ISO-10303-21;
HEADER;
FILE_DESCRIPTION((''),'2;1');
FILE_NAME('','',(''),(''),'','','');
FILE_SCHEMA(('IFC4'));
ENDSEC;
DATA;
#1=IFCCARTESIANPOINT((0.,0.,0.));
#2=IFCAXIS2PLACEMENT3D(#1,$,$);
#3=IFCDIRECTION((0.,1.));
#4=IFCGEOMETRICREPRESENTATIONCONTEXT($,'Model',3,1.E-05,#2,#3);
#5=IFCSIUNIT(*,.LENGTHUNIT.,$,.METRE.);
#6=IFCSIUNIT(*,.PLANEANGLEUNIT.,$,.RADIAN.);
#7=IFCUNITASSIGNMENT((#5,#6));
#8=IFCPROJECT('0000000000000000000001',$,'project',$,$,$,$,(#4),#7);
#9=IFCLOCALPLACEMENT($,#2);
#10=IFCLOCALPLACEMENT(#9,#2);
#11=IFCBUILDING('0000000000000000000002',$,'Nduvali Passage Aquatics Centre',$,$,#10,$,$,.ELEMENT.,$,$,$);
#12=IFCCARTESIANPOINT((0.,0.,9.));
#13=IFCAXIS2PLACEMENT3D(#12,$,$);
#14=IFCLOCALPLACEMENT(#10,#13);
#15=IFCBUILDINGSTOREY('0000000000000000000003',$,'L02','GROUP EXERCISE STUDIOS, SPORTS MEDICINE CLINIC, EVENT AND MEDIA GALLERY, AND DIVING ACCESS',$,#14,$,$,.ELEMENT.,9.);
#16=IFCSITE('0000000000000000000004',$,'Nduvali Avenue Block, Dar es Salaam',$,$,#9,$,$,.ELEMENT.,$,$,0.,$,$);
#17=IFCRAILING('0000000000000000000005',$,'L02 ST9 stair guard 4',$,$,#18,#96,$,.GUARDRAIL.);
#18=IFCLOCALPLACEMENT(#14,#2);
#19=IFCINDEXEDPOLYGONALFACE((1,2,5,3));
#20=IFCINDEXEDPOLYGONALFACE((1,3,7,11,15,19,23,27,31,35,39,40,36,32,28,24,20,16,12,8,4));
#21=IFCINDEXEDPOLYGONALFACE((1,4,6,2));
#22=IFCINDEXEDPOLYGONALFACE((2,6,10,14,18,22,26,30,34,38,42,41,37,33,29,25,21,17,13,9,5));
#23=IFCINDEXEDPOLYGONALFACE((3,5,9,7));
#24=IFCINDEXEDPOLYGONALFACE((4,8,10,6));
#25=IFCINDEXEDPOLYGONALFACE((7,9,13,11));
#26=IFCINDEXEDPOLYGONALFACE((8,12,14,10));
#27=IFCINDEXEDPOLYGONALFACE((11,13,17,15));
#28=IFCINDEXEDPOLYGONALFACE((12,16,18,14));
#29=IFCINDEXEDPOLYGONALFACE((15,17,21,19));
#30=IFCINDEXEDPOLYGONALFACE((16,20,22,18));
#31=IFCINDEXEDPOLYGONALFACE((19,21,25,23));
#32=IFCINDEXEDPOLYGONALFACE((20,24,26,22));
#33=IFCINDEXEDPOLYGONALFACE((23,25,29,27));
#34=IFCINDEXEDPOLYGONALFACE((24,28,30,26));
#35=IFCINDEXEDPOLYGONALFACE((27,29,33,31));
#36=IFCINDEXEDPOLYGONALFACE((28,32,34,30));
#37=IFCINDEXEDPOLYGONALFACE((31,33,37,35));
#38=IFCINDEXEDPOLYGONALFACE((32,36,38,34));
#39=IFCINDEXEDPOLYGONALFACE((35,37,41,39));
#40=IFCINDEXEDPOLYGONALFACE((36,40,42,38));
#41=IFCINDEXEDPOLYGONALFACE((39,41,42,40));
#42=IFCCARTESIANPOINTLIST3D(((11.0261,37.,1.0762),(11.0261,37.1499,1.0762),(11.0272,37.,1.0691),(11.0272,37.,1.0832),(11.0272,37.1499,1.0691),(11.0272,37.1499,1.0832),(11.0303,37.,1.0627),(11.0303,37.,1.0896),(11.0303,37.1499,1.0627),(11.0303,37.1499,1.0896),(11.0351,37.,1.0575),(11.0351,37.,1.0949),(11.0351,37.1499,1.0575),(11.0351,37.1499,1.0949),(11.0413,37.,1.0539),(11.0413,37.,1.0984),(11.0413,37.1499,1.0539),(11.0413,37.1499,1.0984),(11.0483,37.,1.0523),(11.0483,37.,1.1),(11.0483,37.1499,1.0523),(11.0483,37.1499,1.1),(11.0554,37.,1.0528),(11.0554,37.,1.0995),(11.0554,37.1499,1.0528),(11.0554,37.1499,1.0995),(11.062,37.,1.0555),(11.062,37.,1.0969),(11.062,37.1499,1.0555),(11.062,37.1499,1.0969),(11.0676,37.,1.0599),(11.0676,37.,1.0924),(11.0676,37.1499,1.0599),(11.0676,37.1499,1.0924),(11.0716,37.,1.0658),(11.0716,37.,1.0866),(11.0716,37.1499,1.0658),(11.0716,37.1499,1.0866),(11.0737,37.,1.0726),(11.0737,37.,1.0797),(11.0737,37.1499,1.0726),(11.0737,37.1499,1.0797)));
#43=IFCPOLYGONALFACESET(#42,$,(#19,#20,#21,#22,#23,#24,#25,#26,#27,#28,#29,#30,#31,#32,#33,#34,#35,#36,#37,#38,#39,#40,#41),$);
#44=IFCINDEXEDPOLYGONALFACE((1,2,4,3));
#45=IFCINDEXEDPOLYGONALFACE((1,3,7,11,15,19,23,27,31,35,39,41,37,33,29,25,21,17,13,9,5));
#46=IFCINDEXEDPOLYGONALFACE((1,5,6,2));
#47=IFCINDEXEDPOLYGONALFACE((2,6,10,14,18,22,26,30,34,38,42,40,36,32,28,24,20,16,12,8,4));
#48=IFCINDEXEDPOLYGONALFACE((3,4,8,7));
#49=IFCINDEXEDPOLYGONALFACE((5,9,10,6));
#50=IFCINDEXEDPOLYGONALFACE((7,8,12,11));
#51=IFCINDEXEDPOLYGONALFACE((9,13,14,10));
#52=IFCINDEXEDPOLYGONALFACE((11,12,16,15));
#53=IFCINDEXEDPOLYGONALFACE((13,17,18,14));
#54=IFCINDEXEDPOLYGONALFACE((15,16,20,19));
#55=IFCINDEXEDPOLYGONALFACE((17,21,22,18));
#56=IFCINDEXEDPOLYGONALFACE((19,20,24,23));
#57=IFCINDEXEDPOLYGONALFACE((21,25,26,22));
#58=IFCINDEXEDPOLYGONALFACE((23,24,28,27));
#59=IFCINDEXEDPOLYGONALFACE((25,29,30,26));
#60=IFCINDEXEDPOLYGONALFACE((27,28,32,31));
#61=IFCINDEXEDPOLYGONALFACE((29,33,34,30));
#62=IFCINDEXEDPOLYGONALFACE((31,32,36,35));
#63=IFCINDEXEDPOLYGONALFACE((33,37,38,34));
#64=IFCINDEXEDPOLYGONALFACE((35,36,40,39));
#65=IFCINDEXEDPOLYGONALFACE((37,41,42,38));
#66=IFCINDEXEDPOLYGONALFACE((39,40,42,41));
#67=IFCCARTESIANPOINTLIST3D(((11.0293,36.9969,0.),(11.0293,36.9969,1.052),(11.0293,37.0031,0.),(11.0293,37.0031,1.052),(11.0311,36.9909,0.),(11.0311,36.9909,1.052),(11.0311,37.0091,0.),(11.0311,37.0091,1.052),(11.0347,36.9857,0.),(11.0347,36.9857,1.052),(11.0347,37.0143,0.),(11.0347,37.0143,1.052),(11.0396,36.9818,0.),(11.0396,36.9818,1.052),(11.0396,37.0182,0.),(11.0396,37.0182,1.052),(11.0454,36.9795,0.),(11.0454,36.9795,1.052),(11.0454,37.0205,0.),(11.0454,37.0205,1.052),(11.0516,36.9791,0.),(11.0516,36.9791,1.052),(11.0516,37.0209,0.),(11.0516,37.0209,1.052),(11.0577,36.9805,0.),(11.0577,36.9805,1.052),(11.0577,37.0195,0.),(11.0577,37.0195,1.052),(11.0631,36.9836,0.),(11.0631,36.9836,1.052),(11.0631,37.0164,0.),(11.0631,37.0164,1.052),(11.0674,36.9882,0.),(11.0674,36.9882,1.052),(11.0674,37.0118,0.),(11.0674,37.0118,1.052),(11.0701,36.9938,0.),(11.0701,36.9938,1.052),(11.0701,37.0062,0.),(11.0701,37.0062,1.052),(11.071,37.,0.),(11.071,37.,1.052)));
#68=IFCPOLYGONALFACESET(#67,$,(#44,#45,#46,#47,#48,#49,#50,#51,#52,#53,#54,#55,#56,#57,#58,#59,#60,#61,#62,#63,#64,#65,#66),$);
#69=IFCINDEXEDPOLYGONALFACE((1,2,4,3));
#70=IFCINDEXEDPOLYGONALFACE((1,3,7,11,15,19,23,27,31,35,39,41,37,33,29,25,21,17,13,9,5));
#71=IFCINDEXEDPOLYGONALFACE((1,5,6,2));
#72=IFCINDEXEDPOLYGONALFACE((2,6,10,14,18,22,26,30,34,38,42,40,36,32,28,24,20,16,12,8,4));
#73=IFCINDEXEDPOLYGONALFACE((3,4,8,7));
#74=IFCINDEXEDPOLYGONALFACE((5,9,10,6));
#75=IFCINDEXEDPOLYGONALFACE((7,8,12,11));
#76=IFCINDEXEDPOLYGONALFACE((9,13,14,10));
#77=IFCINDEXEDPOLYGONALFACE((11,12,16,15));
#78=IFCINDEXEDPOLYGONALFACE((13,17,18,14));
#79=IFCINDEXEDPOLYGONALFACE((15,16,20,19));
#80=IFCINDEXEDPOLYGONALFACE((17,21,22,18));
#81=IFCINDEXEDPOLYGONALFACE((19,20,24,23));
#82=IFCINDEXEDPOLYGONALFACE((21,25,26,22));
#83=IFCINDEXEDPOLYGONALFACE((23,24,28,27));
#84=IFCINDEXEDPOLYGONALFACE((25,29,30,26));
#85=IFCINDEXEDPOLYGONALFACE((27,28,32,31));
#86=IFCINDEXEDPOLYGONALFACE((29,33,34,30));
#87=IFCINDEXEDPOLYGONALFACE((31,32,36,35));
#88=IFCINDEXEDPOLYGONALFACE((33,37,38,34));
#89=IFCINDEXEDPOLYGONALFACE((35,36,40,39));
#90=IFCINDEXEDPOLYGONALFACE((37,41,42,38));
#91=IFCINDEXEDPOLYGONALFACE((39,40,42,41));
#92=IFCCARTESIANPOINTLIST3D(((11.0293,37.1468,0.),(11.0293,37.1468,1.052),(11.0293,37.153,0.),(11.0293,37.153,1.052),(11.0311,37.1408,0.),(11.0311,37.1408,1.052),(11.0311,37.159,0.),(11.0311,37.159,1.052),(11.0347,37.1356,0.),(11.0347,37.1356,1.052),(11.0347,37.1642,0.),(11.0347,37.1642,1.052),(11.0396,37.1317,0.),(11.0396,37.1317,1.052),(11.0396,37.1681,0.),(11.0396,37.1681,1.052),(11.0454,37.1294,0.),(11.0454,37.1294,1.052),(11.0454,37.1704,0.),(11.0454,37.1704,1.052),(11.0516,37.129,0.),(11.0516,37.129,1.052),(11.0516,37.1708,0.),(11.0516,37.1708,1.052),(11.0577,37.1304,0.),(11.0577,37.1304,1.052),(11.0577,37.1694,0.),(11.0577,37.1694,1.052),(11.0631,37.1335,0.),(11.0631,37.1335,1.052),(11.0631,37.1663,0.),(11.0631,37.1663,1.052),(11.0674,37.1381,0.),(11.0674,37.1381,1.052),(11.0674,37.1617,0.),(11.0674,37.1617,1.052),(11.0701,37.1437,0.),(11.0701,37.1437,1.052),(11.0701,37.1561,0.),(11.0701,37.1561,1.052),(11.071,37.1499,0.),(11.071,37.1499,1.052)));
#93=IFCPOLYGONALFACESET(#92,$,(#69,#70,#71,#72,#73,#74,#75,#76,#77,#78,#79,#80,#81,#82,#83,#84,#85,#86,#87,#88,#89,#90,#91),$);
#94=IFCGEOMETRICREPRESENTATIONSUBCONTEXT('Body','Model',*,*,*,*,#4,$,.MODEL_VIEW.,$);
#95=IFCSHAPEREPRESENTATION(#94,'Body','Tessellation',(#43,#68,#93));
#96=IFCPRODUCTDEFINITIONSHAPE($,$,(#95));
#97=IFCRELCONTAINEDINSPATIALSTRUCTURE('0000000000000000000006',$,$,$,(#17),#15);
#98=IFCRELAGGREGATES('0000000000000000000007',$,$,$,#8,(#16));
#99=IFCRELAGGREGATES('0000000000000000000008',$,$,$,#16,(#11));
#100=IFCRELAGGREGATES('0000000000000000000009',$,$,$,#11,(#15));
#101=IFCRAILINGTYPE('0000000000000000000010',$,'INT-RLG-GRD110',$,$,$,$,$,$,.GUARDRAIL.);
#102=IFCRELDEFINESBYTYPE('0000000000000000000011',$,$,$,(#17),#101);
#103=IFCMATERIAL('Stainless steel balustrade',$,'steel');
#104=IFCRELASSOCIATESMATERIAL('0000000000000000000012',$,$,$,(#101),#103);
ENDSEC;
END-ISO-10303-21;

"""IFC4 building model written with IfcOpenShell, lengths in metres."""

from ifc_helpers import new_model, si_unit, direction, frame, origin, origin_2d, place, context, subcontext, project, spatial, circle, extrude, material, type_object, element, save


model = new_model("IFC4")

# Units and contexts
model_context = context("Model", 3, precision=1e-05, world=origin(), true_north=direction((0.0, 1.0)))
body_context = subcontext(model_context, "Body", "Model", "MODEL_VIEW")
ifc_project = project(units=[si_unit("LENGTHUNIT", "METRE"), si_unit("PLANEANGLEUNIT", "RADIAN")], contexts=[model_context])

# Site, building, storey
site_placement = place(None, origin())
site = spatial("IfcSite", under=ifc_project, at=site_placement, Name="Nduvali Avenue Block, Dar es Salaam", CompositionType="ELEMENT", RefElevation=0.0)
building_placement = place(site_placement, origin())
building = spatial("IfcBuilding", under=site, at=building_placement, Name="Nduvali Passage Aquatics Centre", CompositionType="ELEMENT")
storey_placement = place(building_placement, frame((0.0, 0.0, 9.0)))
storey = spatial("IfcBuildingStorey", under=building, at=storey_placement, Name="L02", Description="GROUP EXERCISE STUDIOS, SPORTS MEDICINE CLINIC, EVENT AND MEDIA GALLERY, AND DIVING ACCESS", CompositionType="ELEMENT", Elevation=9.0)

# Railing
ifc_material_1 = material(Name="Stainless steel balustrade", Category="steel")
railing_type_1 = type_object("IfcRailingType", Name="INT-RLG-GRD110", PredefinedType="GUARDRAIL", material=ifc_material_1)
railing_1_placement = place(storey_placement, frame((11.05, 37.0, 0.0)))
element("IfcRailing", 1, at=railing_1_placement, inside=storey, type_object=railing_type_1, Name="L02 ST9 stair guard 4", PredefinedType="GUARDRAIL", context=body_context, shape_type="SweptSolid", body=[
    extrude(circle(Radius=0.0239, at=origin_2d()), frame((0.0, 0.0, 1.0762), z_axis=(0.0, 1.0, 0.0), x_axis=(-1.0, 0.0, 0.0)), (0.0, 0.0, 1.0), 0.1499),
    extrude(circle(Radius=0.021, at=origin_2d()), origin(), (0.0, 0.0, 1.0), 1.052),
    extrude(circle(Radius=0.021, at=origin_2d()), frame((0.0, 0.1499, 0.0)), (0.0, 0.0, 1.0), 1.052),
])

save(model, "model.ifc")
